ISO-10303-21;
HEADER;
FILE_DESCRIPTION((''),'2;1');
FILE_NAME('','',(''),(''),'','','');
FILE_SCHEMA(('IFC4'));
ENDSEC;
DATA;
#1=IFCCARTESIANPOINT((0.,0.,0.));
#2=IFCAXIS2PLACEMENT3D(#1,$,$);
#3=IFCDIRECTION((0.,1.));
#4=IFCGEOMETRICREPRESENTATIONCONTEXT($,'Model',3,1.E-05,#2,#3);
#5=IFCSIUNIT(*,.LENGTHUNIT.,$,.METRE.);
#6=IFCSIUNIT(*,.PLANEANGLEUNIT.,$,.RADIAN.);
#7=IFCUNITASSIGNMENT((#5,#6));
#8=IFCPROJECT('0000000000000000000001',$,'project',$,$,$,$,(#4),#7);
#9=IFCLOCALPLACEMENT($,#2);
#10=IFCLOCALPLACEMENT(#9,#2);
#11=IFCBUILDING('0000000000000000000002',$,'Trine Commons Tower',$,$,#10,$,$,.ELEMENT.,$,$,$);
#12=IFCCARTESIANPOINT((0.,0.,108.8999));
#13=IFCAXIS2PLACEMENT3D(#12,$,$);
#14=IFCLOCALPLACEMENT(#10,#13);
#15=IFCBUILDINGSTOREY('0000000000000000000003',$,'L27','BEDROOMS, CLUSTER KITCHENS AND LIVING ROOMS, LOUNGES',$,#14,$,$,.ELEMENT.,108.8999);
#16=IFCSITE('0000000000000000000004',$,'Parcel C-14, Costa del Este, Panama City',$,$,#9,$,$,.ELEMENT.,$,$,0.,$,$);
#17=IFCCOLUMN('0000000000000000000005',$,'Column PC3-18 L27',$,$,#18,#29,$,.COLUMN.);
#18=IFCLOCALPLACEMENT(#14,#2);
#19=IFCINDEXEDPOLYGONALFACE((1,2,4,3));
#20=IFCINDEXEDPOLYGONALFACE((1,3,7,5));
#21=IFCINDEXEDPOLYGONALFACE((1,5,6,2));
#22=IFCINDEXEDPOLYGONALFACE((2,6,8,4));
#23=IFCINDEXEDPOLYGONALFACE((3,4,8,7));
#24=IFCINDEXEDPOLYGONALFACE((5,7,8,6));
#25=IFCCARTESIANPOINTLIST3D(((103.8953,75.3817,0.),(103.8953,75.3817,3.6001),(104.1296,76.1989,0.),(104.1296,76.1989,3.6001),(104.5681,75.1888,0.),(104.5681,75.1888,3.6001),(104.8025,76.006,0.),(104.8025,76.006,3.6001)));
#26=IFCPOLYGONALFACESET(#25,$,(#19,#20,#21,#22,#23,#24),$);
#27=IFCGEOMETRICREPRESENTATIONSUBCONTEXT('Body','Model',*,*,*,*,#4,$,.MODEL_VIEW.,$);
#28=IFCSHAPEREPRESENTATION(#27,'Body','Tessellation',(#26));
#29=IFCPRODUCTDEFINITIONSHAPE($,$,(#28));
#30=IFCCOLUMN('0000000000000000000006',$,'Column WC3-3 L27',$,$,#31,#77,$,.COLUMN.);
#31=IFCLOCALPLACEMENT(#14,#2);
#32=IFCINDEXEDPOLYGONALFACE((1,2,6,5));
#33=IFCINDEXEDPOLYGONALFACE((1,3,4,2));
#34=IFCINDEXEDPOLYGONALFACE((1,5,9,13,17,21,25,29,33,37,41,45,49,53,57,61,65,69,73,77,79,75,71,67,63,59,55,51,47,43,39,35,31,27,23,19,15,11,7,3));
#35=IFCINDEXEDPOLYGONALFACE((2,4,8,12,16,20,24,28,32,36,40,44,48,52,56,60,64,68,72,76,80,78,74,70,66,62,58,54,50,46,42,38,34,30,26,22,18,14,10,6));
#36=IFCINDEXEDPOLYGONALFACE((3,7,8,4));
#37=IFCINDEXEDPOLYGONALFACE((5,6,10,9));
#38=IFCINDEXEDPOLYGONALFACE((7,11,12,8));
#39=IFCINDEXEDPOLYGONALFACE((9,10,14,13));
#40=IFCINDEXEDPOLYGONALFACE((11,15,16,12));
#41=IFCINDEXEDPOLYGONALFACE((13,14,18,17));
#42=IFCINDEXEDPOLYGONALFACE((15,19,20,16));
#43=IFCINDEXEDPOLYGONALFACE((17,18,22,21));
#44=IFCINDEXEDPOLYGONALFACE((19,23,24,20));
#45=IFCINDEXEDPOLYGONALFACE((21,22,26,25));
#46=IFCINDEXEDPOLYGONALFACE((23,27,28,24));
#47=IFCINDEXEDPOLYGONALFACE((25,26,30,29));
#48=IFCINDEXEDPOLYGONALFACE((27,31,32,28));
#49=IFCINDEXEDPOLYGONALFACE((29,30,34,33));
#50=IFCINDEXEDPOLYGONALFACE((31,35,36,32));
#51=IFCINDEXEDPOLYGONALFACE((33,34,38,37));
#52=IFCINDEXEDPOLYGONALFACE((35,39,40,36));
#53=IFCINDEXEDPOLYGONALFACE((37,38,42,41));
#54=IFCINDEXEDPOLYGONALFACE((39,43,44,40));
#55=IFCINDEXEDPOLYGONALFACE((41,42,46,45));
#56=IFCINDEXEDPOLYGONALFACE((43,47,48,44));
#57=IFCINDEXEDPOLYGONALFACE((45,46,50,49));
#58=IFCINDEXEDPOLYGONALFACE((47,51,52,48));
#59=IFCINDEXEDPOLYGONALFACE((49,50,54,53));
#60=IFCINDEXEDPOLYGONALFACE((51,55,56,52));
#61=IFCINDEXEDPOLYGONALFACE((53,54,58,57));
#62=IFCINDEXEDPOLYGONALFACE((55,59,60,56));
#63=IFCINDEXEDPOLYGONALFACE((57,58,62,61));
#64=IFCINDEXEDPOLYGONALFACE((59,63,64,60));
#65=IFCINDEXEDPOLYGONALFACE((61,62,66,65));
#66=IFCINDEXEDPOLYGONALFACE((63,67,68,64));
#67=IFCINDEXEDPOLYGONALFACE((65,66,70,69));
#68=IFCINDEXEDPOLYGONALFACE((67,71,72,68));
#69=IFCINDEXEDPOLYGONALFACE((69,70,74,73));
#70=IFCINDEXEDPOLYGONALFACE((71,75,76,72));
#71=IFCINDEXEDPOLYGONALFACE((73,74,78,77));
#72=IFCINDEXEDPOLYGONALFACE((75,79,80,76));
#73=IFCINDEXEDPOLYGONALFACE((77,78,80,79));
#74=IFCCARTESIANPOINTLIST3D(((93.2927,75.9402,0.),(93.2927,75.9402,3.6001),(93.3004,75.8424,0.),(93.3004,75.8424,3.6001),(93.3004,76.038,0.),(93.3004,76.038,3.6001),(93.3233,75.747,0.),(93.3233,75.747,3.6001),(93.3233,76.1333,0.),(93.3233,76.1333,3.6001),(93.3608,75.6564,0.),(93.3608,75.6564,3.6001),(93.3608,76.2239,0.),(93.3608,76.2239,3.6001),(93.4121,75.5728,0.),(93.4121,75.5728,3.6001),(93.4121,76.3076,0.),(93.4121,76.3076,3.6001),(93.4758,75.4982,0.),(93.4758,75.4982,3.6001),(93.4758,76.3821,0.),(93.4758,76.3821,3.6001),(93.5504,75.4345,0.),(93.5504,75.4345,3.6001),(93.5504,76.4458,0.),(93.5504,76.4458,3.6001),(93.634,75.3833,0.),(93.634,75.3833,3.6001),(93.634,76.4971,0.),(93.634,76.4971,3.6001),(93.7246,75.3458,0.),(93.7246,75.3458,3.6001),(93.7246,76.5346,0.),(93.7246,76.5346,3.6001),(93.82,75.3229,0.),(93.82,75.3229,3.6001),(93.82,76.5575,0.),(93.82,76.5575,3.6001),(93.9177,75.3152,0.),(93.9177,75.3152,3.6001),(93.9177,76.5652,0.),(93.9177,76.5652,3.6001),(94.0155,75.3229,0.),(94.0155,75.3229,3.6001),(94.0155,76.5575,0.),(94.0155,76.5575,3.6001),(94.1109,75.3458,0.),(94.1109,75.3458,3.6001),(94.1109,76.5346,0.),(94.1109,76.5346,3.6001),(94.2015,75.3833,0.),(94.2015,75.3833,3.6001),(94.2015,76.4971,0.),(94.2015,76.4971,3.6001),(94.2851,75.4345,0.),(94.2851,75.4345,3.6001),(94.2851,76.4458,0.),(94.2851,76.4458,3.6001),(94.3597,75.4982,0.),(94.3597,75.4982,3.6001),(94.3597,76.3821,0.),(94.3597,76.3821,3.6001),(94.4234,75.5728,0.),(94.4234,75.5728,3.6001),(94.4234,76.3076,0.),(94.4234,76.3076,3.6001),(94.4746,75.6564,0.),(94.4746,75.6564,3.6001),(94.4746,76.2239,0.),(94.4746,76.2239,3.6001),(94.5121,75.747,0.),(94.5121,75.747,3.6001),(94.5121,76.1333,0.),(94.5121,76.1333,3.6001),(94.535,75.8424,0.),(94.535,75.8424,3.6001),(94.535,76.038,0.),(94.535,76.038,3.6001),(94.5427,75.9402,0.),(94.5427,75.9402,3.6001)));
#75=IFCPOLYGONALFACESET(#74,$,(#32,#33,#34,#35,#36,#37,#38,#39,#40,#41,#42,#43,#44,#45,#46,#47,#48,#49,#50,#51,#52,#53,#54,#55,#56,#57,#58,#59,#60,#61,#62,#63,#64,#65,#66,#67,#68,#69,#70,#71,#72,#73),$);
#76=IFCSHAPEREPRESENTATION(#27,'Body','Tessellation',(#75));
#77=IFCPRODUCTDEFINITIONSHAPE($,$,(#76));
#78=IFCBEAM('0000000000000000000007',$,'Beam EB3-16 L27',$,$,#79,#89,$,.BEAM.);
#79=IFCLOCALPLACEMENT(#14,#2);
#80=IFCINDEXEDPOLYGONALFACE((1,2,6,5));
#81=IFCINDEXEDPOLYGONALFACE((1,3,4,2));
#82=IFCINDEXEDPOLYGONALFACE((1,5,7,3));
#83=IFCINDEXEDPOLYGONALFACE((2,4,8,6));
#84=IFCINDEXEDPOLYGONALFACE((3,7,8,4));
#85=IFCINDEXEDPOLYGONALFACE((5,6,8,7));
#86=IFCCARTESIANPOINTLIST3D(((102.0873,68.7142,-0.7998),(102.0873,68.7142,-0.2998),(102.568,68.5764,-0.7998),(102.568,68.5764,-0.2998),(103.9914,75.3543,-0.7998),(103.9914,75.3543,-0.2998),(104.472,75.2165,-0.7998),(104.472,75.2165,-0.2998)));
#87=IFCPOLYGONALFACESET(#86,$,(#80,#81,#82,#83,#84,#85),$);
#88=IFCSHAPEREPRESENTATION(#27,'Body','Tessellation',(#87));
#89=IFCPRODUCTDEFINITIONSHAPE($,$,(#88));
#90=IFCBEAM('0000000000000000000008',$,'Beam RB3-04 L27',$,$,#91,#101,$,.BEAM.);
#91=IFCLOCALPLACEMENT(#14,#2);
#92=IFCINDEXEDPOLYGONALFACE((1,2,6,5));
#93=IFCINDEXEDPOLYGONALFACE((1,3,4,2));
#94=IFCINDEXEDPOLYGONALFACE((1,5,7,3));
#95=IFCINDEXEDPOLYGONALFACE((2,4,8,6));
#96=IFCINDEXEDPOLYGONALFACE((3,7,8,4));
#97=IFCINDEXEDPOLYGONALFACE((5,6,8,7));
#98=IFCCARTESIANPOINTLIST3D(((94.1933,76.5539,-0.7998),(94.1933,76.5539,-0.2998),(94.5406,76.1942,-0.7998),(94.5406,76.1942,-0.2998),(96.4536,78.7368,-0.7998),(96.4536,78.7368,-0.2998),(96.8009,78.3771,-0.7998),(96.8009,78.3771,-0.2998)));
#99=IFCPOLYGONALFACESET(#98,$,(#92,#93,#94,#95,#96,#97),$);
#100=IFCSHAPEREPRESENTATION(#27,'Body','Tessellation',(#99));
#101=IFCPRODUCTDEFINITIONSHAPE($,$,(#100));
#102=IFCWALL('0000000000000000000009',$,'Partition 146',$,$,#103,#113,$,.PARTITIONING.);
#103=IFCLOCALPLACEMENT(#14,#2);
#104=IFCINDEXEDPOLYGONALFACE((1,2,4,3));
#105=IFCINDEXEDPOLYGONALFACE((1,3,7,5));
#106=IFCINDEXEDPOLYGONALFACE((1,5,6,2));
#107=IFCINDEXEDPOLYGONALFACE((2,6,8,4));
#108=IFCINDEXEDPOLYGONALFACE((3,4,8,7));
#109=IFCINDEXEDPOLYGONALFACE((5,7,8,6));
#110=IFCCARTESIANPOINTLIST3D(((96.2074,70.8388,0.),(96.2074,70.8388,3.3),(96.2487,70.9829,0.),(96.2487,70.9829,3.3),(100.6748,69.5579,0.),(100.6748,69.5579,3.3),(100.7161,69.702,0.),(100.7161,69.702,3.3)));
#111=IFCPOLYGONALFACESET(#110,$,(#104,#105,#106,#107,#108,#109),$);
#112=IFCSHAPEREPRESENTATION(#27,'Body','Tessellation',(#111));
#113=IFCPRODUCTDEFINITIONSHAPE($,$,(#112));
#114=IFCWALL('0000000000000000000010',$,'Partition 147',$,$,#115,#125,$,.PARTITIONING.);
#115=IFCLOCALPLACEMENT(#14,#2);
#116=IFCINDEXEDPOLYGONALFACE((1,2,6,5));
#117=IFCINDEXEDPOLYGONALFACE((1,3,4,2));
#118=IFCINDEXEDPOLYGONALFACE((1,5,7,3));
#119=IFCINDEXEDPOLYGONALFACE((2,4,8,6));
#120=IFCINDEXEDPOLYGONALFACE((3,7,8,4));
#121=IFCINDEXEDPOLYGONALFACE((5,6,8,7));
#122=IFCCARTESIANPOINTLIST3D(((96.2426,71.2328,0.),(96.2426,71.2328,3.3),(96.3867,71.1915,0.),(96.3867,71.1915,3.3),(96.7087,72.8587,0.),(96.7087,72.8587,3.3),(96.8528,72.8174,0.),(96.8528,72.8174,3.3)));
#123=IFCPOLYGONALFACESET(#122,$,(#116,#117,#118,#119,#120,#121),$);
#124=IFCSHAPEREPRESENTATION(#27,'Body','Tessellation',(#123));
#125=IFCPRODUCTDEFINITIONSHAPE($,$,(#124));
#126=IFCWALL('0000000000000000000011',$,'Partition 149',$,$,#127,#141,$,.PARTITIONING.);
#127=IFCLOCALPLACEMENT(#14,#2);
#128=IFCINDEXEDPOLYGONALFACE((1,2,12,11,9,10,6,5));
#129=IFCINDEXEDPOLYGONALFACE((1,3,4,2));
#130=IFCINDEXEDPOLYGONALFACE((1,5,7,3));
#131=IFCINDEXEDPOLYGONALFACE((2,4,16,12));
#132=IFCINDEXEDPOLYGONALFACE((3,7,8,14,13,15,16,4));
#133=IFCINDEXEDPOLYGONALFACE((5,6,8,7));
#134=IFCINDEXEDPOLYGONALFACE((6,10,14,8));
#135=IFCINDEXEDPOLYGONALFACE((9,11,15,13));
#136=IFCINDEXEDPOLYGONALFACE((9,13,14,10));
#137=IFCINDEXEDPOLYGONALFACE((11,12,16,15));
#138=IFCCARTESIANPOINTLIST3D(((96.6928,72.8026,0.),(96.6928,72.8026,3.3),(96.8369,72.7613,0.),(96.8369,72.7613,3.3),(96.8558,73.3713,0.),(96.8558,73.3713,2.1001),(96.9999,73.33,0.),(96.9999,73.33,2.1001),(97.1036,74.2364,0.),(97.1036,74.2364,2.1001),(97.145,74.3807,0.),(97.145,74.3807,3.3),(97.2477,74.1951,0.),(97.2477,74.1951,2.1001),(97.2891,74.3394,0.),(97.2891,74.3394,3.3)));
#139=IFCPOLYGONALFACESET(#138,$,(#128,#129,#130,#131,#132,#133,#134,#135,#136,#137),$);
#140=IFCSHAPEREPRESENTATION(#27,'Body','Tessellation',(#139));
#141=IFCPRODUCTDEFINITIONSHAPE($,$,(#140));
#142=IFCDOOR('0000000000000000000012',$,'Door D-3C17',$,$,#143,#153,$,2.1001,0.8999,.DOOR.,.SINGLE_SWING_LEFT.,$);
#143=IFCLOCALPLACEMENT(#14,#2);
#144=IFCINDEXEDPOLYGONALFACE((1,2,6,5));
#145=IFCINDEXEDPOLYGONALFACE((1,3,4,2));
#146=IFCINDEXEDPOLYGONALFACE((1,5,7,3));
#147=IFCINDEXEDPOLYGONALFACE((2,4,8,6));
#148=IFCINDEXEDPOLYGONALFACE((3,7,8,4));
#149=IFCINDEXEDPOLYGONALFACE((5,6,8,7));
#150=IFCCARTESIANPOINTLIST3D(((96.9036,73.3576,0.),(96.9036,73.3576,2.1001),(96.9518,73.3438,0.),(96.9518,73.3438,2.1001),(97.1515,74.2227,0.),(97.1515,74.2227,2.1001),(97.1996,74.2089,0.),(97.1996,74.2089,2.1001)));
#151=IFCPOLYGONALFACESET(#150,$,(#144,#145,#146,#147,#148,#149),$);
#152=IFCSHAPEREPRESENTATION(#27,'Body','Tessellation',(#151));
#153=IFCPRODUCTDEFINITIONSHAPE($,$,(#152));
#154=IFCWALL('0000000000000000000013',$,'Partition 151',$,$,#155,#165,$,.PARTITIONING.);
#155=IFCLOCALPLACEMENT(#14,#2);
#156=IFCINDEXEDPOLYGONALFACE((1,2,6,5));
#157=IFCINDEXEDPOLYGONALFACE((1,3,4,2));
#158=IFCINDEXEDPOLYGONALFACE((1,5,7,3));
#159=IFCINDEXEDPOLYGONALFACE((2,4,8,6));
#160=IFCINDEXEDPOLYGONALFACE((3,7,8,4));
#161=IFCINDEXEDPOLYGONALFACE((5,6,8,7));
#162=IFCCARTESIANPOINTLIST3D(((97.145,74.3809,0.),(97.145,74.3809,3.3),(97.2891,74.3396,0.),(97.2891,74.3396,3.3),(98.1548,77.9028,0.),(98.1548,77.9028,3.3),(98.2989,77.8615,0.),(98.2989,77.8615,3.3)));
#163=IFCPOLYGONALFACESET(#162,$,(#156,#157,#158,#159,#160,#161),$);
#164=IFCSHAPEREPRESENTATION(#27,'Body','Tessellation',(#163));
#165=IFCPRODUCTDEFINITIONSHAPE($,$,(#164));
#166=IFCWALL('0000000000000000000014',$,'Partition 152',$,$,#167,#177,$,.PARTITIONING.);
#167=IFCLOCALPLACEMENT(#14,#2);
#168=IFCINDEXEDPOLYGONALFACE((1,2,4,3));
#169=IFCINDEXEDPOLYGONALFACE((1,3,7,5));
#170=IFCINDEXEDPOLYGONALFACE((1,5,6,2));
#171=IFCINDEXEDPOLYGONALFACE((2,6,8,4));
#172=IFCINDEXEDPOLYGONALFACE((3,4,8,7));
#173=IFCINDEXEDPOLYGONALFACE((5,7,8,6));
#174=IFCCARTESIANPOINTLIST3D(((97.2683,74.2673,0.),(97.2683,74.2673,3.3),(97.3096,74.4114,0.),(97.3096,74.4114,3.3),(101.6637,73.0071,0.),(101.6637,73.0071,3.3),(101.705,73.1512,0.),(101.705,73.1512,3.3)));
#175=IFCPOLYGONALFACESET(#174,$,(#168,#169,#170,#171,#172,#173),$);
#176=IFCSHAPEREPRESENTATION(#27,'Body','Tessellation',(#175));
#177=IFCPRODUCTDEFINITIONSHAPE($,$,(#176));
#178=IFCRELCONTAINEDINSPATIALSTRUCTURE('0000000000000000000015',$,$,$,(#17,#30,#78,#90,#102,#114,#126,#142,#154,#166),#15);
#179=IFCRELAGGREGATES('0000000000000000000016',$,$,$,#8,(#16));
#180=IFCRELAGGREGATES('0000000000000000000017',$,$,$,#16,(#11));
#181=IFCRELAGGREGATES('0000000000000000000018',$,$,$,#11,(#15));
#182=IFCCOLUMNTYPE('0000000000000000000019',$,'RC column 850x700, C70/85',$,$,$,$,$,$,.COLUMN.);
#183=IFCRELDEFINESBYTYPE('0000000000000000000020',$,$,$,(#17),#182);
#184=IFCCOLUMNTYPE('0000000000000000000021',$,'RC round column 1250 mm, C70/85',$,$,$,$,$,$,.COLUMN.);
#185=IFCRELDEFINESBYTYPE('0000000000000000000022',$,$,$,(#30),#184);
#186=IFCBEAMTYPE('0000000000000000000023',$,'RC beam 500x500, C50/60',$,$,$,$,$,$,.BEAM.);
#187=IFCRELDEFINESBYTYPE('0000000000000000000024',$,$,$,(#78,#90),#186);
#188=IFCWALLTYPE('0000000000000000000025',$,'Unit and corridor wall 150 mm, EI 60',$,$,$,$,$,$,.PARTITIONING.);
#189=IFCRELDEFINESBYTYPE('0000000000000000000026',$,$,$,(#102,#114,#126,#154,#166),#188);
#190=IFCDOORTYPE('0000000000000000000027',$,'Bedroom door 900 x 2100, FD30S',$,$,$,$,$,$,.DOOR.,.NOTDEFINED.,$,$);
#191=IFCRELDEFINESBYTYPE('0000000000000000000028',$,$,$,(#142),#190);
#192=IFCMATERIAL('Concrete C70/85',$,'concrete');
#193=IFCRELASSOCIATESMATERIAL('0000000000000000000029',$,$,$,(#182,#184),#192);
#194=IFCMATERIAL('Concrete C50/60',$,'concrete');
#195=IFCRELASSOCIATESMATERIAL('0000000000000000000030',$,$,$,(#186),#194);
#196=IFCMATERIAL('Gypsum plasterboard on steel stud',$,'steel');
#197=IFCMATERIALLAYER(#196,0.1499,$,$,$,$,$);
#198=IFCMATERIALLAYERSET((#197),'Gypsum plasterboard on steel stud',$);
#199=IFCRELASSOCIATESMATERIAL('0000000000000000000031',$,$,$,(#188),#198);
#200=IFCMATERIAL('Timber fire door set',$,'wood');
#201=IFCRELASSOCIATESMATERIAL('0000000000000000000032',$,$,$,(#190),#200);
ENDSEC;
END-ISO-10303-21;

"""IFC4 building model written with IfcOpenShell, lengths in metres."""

from ifc_helpers import new_model, si_unit, direction, frame, frame_2d, origin, origin_2d, place, context, subcontext, project, spatial, rectangle, circle, extrude, material, layer, layer_set, material_profile, profile_set, type_object, element, fill, save


model = new_model("IFC4")

# Units and contexts
model_context = context("Model", 3, precision=1e-05, world=origin(), true_north=direction((0.0, 1.0)))
body_context = subcontext(model_context, "Body", "Model", "MODEL_VIEW")
ifc_project = project(units=[si_unit("LENGTHUNIT", "METRE"), si_unit("PLANEANGLEUNIT", "RADIAN")], contexts=[model_context])

# Site, building, storey
site_placement = place(None, origin())
site = spatial("IfcSite", under=ifc_project, at=site_placement, Name="Parcel C-14, Costa del Este, Panama City", CompositionType="ELEMENT", RefElevation=0.0)
building_placement = place(site_placement, origin())
building = spatial("IfcBuilding", under=site, at=building_placement, Name="Trine Commons Tower", CompositionType="ELEMENT")
storey_placement = place(building_placement, frame((0.0, 0.0, 108.8999)))
storey = spatial("IfcBuildingStorey", under=building, at=storey_placement, Name="L27", Description="BEDROOMS, CLUSTER KITCHENS AND LIVING ROOMS, LOUNGES", CompositionType="ELEMENT", Elevation=108.8999)

# Columns
ifc_material_1 = material(Name="Concrete C70/85", Category="concrete")
ifc_material_profile_1 = material_profile(ifc_material_1, rectangle(XDim=0.8501, YDim=0.7, at=origin_2d()), Name="RC 850x700")
ifc_profile_set_1 = profile_set([ifc_material_profile_1], Name="Concrete C70/85")
column_type_1 = type_object("IfcColumnType", Name="RC column 850x700, C70/85", PredefinedType="COLUMN", material=ifc_profile_set_1)
column_1_placement = place(storey_placement, frame((104.3489, 75.6938, 0.0), z_axis=(0.0, 0.0, 1.0), x_axis=(0.275637, 0.961262, 0.0)))
element("IfcColumn", 1, at=column_1_placement, inside=storey, type_object=column_type_1, Name="Column PC3-18 L27", PredefinedType="COLUMN", context=body_context, shape_type="SweptSolid", body=[
    extrude(rectangle(XDim=0.8501, YDim=0.7, at=origin_2d()), origin(), (0.0, 0.0, 1.0), 3.6001),
])
ifc_material_profile_2 = material_profile(ifc_material_1, circle(Radius=0.625, at=origin_2d()), Name="RC round 1250")
ifc_profile_set_2 = profile_set([ifc_material_profile_2], Name="Concrete C70/85")
column_type_2 = type_object("IfcColumnType", Name="RC round column 1250 mm, C70/85", PredefinedType="COLUMN", material=ifc_profile_set_2)
column_2_placement = place(storey_placement, frame((93.9177, 75.9402, 0.0), z_axis=(0.0, 0.0, 1.0), x_axis=(1.0, 0.0, 0.0)))
element("IfcColumn", 2, at=column_2_placement, inside=storey, type_object=column_type_2, Name="Column WC3-3 L27", PredefinedType="COLUMN", context=body_context, shape_type="SweptSolid", body=[
    extrude(circle(Radius=0.625, at=origin_2d()), origin(), (0.0, 0.0, 1.0), 3.6001),
])

# Beams
ifc_material_2 = material(Name="Concrete C50/60", Category="concrete")
ifc_material_profile_3 = material_profile(ifc_material_2, rectangle(XDim=0.5, YDim=0.5, at=origin_2d()), Name="RC 500x500")
ifc_profile_set_3 = profile_set([ifc_material_profile_3], Name="Concrete C50/60")
beam_type = type_object("IfcBeamType", Name="RC beam 500x500, C50/60", PredefinedType="BEAM", material=ifc_profile_set_3)
beam_1_placement = place(storey_placement, frame((104.2317, 75.2854, -0.5498), z_axis=(-0.275641, -0.961261, 0.0), x_axis=(0.961261, -0.275641, 0.0)))
element("IfcBeam", 3, at=beam_1_placement, inside=storey, type_object=beam_type, Name="Beam EB3-16 L27", PredefinedType="BEAM", context=body_context, shape_type="SweptSolid", body=[
    extrude(rectangle(XDim=0.5, YDim=0.5, at=origin_2d()), origin(), (0.0, 0.0, 1.0), 6.9077),
])
beam_2_placement = place(storey_placement, frame((94.3669, 76.374, -0.5498), z_axis=(0.719314, 0.694685, 0.0), x_axis=(-0.694685, 0.719314, 0.0)))
element("IfcBeam", 4, at=beam_2_placement, inside=storey, type_object=beam_type, Name="Beam RB3-04 L27", PredefinedType="BEAM", context=body_context, shape_type="SweptSolid", body=[
    extrude(rectangle(XDim=0.5, YDim=0.5, at=origin_2d()), origin(), (0.0, 0.0, 1.0), 3.1423),
])

# Walls
ifc_material_3 = material(Name="Gypsum plasterboard on steel stud", Category="steel")
ifc_layer_1 = layer(ifc_material_3, 0.1499)
ifc_layer_set_1 = layer_set([ifc_layer_1], Name="Gypsum plasterboard on steel stud")
wall_type_1 = type_object("IfcWallType", Name="Unit and corridor wall 150 mm, EI 60", PredefinedType="PARTITIONING", material=ifc_layer_set_1)
wall_1_placement = place(storey_placement, frame((96.228, 70.9109, 0.0), z_axis=(0.0, 0.0, 1.0), x_axis=(0.961264, -0.27563, 0.0)))
element("IfcWall", 5, at=wall_1_placement, inside=storey, type_object=wall_type_1, Name="Partition 146", PredefinedType="PARTITIONING", context=body_context, shape_type="SweptSolid", body=[
    extrude(rectangle(XDim=4.6475, YDim=0.1499, at=frame_2d((2.3237, 0.0))), origin(), (0.0, 0.0, 1.0), 3.3),
])
wall_2_placement = place(storey_placement, frame((96.3147, 71.2122, 0.0), z_axis=(0.0, 0.0, 1.0), x_axis=(0.275541, 0.961289, 0.0)))
element("IfcWall", 6, at=wall_2_placement, inside=storey, type_object=wall_type_1, Name="Partition 147", PredefinedType="PARTITIONING", context=body_context, shape_type="SweptSolid", body=[
    extrude(rectangle(XDim=1.6914, YDim=0.1499, at=frame_2d((0.8457, 0.0))), origin(), (0.0, 0.0, 1.0), 3.3),
])

# Wall, opening, door
wall_3_placement = place(storey_placement, frame((96.7649, 72.782, 0.0), z_axis=(0.0, 0.0, 1.0), x_axis=(0.275428, 0.961322, 0.0)))
wall_3 = element("IfcWall", 7, at=wall_3_placement, inside=storey, type_object=wall_type_1, Name="Partition 149", PredefinedType="PARTITIONING", context=body_context, shape_type="SweptSolid", body=[
    extrude(rectangle(XDim=1.6416, YDim=0.1499, at=frame_2d((0.8208, 0.0))), origin(), (0.0, 0.0, 1.0), 3.3),
])
opening_1_placement = place(wall_3_placement, frame((0.5916, 0.0, 0.0)))
opening_1 = element("IfcOpeningElement", 8, at=opening_1_placement, cuts=wall_3, PredefinedType="OPENING", context=body_context, shape_type="SweptSolid", body=[
    extrude(rectangle(XDim=0.8999, YDim=2.1001, at=frame_2d((0.45, 1.05))), frame((0.0, 0.085, 0.0), z_axis=(0.0, -1.0, 0.0), x_axis=(1.0, 0.0, 0.0)), (0.0, 0.0, 1.0), 0.1699),
])
ifc_material_4 = material(Name="Timber fire door set", Category="wood")
door_type_1 = type_object("IfcDoorType", Name="Bedroom door 900 x 2100, FD30S", OperationType="NOTDEFINED", PredefinedType="DOOR", material=ifc_material_4)
door_1_placement = place(opening_1_placement, frame((0.8999, 0.0, 0.0), z_axis=(0.0, 0.0, 1.0), x_axis=(-1.0, 0.0, 0.0)))
door_1 = element("IfcDoor", 9, at=door_1_placement, inside=storey, type_object=door_type_1, Name="Door D-3C17", OperationType="SINGLE_SWING_LEFT", OverallHeight=2.1001, OverallWidth=0.8999, PredefinedType="DOOR", context=body_context, shape_type="SweptSolid", body=[
    extrude(rectangle(XDim=0.8999, YDim=2.1001, at=frame_2d((0.45, 1.05))), frame((0.0, 0.0249, 0.0), z_axis=(0.0, -1.0, 0.0), x_axis=(1.0, 0.0, 0.0)), (0.0, 0.0, 1.0), 0.05),
])
fill(opening_1, door_1)

# Walls
wall_4_placement = place(storey_placement, frame((97.217, 74.3601, 0.0), z_axis=(0.0, 0.0, 1.0), x_axis=(0.275601, 0.961272, 0.0)))
element("IfcWall", 10, at=wall_4_placement, inside=storey, type_object=wall_type_1, Name="Partition 151", PredefinedType="PARTITIONING", context=body_context, shape_type="SweptSolid", body=[
    extrude(rectangle(XDim=3.6638, YDim=0.1499, at=frame_2d((1.832, 0.0))), origin(), (0.0, 0.0, 1.0), 3.3),
])
wall_5_placement = place(storey_placement, frame((97.2891, 74.3394, 0.0), z_axis=(0.0, 0.0, 1.0), x_axis=(0.96127, -0.27561, 0.0)))
element("IfcWall", 11, at=wall_5_placement, inside=storey, type_object=wall_type_1, Name="Partition 152", PredefinedType="PARTITIONING", context=body_context, shape_type="SweptSolid", body=[
    extrude(rectangle(XDim=4.5725, YDim=0.1499, at=frame_2d((2.2861, 0.0))), origin(), (0.0, 0.0, 1.0), 3.3),
])

save(model, "model.ifc")
